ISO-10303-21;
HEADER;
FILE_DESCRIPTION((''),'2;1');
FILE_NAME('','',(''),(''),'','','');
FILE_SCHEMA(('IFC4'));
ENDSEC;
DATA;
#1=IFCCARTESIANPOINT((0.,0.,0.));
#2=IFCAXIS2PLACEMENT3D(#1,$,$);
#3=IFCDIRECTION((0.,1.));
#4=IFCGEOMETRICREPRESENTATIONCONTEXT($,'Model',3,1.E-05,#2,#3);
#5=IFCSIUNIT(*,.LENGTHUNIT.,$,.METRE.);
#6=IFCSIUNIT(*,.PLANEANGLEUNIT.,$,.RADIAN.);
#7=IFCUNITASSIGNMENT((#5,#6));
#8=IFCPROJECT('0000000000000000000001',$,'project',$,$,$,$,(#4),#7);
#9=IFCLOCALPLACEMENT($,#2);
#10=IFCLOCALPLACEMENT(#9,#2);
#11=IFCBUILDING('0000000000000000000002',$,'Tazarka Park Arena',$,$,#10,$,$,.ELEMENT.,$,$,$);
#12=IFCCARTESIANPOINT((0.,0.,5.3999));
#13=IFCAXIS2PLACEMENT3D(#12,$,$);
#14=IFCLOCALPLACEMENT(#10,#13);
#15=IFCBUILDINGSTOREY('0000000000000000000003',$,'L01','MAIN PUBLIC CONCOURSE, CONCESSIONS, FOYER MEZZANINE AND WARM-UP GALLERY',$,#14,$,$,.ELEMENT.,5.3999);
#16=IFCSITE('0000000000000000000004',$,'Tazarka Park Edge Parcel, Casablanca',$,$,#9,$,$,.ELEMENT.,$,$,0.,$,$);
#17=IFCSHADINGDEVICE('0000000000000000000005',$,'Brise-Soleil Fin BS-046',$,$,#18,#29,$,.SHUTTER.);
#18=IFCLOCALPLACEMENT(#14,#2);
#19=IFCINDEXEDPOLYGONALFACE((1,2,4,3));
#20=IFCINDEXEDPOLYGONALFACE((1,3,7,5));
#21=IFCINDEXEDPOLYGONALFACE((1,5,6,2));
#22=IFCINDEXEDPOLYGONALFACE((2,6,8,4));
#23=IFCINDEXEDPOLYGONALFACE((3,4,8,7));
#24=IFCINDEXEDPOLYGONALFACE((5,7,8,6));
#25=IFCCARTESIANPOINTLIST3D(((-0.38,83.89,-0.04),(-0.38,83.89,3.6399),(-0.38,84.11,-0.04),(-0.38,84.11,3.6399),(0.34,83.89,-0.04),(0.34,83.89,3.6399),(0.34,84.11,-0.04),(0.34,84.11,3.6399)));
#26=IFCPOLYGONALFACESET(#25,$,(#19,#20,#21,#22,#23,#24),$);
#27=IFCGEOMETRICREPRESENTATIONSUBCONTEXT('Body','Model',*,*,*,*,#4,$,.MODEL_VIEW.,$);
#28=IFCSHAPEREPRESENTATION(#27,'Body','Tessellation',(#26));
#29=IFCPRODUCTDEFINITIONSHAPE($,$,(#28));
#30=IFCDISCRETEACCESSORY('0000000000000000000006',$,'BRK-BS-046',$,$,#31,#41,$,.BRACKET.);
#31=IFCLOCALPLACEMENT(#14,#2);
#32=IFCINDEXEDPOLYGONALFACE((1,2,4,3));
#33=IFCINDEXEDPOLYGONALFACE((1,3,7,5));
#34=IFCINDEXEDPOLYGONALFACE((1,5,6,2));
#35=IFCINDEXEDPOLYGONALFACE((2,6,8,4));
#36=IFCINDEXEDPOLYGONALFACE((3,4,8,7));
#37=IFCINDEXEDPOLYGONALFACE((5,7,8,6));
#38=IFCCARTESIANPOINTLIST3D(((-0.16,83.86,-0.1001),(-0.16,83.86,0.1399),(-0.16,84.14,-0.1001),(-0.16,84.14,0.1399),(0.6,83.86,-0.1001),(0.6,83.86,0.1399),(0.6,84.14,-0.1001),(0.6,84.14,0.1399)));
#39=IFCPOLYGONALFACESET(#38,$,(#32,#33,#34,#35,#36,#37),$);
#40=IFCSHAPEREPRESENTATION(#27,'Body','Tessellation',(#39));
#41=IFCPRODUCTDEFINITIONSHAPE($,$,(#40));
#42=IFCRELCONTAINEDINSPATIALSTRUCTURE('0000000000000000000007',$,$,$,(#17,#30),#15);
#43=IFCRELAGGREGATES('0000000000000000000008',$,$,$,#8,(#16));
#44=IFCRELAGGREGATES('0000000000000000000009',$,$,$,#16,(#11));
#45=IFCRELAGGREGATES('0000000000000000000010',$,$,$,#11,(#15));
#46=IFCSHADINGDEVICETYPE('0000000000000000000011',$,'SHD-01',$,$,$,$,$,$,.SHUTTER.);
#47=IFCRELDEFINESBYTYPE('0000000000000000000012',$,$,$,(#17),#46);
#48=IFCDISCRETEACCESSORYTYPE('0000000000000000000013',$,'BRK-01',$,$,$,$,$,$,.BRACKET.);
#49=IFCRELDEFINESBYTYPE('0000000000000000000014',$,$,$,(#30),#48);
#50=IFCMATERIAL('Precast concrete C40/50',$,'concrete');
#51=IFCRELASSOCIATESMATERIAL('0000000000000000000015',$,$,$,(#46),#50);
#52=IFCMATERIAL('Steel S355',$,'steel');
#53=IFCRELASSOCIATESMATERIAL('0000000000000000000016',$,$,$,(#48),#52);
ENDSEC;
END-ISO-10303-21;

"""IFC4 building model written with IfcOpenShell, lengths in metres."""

from ifc_helpers import new_model, si_unit, direction, frame, origin, origin_2d, place, context, subcontext, project, spatial, rectangle, extrude, material, type_object, element, save


model = new_model("IFC4")

# Units and contexts
model_context = context("Model", 3, precision=1e-05, world=origin(), true_north=direction((0.0, 1.0)))
body_context = subcontext(model_context, "Body", "Model", "MODEL_VIEW")
ifc_project = project(units=[si_unit("LENGTHUNIT", "METRE"), si_unit("PLANEANGLEUNIT", "RADIAN")], contexts=[model_context])

# Site, building, storey
site_placement = place(None, origin())
site = spatial("IfcSite", under=ifc_project, at=site_placement, Name="Tazarka Park Edge Parcel, Casablanca", CompositionType="ELEMENT", RefElevation=0.0)
building_placement = place(site_placement, origin())
building = spatial("IfcBuilding", under=site, at=building_placement, Name="Tazarka Park Arena", CompositionType="ELEMENT")
storey_placement = place(building_placement, frame((0.0, 0.0, 5.3999)))
storey = spatial("IfcBuildingStorey", under=building, at=storey_placement, Name="L01", Description="MAIN PUBLIC CONCOURSE, CONCESSIONS, FOYER MEZZANINE AND WARM-UP GALLERY", CompositionType="ELEMENT", Elevation=5.3999)

# Shading device
ifc_material_1 = material(Name="Precast concrete C40/50", Category="concrete")
shading_device_type = type_object("IfcShadingDeviceType", Name="SHD-01", PredefinedType="SHUTTER", material=ifc_material_1)
shading_device_placement = place(storey_placement, frame((-0.02, 84.0, -0.04), z_axis=(0.0, 0.0, 1.0), x_axis=(0.0, 1.0, 0.0)))
element("IfcShadingDevice", 1, at=shading_device_placement, inside=storey, type_object=shading_device_type, Name="Brise-Soleil Fin BS-046", PredefinedType="SHUTTER", context=body_context, shape_type="SweptSolid", body=[
    extrude(rectangle(XDim=0.22, YDim=0.72, at=origin_2d()), origin(), (0.0, 0.0, 1.0), 3.6799),
])

# Discrete accessory
ifc_material_2 = material(Name="Steel S355", Category="steel")
discrete_accessory_type = type_object("IfcDiscreteAccessoryType", Name="BRK-01", PredefinedType="BRACKET", material=ifc_material_2)
discrete_accessory_placement = place(storey_placement, frame((0.22, 84.0, -0.1001), z_axis=(0.0, 0.0, 1.0), x_axis=(0.0, 1.0, 0.0)))
element("IfcDiscreteAccessory", 2, at=discrete_accessory_placement, inside=storey, type_object=discrete_accessory_type, Name="BRK-BS-046", PredefinedType="BRACKET", context=body_context, shape_type="SweptSolid", body=[
    extrude(rectangle(XDim=0.28, YDim=0.76, at=origin_2d()), origin(), (0.0, 0.0, 1.0), 0.24),
])

save(model, "model.ifc")
